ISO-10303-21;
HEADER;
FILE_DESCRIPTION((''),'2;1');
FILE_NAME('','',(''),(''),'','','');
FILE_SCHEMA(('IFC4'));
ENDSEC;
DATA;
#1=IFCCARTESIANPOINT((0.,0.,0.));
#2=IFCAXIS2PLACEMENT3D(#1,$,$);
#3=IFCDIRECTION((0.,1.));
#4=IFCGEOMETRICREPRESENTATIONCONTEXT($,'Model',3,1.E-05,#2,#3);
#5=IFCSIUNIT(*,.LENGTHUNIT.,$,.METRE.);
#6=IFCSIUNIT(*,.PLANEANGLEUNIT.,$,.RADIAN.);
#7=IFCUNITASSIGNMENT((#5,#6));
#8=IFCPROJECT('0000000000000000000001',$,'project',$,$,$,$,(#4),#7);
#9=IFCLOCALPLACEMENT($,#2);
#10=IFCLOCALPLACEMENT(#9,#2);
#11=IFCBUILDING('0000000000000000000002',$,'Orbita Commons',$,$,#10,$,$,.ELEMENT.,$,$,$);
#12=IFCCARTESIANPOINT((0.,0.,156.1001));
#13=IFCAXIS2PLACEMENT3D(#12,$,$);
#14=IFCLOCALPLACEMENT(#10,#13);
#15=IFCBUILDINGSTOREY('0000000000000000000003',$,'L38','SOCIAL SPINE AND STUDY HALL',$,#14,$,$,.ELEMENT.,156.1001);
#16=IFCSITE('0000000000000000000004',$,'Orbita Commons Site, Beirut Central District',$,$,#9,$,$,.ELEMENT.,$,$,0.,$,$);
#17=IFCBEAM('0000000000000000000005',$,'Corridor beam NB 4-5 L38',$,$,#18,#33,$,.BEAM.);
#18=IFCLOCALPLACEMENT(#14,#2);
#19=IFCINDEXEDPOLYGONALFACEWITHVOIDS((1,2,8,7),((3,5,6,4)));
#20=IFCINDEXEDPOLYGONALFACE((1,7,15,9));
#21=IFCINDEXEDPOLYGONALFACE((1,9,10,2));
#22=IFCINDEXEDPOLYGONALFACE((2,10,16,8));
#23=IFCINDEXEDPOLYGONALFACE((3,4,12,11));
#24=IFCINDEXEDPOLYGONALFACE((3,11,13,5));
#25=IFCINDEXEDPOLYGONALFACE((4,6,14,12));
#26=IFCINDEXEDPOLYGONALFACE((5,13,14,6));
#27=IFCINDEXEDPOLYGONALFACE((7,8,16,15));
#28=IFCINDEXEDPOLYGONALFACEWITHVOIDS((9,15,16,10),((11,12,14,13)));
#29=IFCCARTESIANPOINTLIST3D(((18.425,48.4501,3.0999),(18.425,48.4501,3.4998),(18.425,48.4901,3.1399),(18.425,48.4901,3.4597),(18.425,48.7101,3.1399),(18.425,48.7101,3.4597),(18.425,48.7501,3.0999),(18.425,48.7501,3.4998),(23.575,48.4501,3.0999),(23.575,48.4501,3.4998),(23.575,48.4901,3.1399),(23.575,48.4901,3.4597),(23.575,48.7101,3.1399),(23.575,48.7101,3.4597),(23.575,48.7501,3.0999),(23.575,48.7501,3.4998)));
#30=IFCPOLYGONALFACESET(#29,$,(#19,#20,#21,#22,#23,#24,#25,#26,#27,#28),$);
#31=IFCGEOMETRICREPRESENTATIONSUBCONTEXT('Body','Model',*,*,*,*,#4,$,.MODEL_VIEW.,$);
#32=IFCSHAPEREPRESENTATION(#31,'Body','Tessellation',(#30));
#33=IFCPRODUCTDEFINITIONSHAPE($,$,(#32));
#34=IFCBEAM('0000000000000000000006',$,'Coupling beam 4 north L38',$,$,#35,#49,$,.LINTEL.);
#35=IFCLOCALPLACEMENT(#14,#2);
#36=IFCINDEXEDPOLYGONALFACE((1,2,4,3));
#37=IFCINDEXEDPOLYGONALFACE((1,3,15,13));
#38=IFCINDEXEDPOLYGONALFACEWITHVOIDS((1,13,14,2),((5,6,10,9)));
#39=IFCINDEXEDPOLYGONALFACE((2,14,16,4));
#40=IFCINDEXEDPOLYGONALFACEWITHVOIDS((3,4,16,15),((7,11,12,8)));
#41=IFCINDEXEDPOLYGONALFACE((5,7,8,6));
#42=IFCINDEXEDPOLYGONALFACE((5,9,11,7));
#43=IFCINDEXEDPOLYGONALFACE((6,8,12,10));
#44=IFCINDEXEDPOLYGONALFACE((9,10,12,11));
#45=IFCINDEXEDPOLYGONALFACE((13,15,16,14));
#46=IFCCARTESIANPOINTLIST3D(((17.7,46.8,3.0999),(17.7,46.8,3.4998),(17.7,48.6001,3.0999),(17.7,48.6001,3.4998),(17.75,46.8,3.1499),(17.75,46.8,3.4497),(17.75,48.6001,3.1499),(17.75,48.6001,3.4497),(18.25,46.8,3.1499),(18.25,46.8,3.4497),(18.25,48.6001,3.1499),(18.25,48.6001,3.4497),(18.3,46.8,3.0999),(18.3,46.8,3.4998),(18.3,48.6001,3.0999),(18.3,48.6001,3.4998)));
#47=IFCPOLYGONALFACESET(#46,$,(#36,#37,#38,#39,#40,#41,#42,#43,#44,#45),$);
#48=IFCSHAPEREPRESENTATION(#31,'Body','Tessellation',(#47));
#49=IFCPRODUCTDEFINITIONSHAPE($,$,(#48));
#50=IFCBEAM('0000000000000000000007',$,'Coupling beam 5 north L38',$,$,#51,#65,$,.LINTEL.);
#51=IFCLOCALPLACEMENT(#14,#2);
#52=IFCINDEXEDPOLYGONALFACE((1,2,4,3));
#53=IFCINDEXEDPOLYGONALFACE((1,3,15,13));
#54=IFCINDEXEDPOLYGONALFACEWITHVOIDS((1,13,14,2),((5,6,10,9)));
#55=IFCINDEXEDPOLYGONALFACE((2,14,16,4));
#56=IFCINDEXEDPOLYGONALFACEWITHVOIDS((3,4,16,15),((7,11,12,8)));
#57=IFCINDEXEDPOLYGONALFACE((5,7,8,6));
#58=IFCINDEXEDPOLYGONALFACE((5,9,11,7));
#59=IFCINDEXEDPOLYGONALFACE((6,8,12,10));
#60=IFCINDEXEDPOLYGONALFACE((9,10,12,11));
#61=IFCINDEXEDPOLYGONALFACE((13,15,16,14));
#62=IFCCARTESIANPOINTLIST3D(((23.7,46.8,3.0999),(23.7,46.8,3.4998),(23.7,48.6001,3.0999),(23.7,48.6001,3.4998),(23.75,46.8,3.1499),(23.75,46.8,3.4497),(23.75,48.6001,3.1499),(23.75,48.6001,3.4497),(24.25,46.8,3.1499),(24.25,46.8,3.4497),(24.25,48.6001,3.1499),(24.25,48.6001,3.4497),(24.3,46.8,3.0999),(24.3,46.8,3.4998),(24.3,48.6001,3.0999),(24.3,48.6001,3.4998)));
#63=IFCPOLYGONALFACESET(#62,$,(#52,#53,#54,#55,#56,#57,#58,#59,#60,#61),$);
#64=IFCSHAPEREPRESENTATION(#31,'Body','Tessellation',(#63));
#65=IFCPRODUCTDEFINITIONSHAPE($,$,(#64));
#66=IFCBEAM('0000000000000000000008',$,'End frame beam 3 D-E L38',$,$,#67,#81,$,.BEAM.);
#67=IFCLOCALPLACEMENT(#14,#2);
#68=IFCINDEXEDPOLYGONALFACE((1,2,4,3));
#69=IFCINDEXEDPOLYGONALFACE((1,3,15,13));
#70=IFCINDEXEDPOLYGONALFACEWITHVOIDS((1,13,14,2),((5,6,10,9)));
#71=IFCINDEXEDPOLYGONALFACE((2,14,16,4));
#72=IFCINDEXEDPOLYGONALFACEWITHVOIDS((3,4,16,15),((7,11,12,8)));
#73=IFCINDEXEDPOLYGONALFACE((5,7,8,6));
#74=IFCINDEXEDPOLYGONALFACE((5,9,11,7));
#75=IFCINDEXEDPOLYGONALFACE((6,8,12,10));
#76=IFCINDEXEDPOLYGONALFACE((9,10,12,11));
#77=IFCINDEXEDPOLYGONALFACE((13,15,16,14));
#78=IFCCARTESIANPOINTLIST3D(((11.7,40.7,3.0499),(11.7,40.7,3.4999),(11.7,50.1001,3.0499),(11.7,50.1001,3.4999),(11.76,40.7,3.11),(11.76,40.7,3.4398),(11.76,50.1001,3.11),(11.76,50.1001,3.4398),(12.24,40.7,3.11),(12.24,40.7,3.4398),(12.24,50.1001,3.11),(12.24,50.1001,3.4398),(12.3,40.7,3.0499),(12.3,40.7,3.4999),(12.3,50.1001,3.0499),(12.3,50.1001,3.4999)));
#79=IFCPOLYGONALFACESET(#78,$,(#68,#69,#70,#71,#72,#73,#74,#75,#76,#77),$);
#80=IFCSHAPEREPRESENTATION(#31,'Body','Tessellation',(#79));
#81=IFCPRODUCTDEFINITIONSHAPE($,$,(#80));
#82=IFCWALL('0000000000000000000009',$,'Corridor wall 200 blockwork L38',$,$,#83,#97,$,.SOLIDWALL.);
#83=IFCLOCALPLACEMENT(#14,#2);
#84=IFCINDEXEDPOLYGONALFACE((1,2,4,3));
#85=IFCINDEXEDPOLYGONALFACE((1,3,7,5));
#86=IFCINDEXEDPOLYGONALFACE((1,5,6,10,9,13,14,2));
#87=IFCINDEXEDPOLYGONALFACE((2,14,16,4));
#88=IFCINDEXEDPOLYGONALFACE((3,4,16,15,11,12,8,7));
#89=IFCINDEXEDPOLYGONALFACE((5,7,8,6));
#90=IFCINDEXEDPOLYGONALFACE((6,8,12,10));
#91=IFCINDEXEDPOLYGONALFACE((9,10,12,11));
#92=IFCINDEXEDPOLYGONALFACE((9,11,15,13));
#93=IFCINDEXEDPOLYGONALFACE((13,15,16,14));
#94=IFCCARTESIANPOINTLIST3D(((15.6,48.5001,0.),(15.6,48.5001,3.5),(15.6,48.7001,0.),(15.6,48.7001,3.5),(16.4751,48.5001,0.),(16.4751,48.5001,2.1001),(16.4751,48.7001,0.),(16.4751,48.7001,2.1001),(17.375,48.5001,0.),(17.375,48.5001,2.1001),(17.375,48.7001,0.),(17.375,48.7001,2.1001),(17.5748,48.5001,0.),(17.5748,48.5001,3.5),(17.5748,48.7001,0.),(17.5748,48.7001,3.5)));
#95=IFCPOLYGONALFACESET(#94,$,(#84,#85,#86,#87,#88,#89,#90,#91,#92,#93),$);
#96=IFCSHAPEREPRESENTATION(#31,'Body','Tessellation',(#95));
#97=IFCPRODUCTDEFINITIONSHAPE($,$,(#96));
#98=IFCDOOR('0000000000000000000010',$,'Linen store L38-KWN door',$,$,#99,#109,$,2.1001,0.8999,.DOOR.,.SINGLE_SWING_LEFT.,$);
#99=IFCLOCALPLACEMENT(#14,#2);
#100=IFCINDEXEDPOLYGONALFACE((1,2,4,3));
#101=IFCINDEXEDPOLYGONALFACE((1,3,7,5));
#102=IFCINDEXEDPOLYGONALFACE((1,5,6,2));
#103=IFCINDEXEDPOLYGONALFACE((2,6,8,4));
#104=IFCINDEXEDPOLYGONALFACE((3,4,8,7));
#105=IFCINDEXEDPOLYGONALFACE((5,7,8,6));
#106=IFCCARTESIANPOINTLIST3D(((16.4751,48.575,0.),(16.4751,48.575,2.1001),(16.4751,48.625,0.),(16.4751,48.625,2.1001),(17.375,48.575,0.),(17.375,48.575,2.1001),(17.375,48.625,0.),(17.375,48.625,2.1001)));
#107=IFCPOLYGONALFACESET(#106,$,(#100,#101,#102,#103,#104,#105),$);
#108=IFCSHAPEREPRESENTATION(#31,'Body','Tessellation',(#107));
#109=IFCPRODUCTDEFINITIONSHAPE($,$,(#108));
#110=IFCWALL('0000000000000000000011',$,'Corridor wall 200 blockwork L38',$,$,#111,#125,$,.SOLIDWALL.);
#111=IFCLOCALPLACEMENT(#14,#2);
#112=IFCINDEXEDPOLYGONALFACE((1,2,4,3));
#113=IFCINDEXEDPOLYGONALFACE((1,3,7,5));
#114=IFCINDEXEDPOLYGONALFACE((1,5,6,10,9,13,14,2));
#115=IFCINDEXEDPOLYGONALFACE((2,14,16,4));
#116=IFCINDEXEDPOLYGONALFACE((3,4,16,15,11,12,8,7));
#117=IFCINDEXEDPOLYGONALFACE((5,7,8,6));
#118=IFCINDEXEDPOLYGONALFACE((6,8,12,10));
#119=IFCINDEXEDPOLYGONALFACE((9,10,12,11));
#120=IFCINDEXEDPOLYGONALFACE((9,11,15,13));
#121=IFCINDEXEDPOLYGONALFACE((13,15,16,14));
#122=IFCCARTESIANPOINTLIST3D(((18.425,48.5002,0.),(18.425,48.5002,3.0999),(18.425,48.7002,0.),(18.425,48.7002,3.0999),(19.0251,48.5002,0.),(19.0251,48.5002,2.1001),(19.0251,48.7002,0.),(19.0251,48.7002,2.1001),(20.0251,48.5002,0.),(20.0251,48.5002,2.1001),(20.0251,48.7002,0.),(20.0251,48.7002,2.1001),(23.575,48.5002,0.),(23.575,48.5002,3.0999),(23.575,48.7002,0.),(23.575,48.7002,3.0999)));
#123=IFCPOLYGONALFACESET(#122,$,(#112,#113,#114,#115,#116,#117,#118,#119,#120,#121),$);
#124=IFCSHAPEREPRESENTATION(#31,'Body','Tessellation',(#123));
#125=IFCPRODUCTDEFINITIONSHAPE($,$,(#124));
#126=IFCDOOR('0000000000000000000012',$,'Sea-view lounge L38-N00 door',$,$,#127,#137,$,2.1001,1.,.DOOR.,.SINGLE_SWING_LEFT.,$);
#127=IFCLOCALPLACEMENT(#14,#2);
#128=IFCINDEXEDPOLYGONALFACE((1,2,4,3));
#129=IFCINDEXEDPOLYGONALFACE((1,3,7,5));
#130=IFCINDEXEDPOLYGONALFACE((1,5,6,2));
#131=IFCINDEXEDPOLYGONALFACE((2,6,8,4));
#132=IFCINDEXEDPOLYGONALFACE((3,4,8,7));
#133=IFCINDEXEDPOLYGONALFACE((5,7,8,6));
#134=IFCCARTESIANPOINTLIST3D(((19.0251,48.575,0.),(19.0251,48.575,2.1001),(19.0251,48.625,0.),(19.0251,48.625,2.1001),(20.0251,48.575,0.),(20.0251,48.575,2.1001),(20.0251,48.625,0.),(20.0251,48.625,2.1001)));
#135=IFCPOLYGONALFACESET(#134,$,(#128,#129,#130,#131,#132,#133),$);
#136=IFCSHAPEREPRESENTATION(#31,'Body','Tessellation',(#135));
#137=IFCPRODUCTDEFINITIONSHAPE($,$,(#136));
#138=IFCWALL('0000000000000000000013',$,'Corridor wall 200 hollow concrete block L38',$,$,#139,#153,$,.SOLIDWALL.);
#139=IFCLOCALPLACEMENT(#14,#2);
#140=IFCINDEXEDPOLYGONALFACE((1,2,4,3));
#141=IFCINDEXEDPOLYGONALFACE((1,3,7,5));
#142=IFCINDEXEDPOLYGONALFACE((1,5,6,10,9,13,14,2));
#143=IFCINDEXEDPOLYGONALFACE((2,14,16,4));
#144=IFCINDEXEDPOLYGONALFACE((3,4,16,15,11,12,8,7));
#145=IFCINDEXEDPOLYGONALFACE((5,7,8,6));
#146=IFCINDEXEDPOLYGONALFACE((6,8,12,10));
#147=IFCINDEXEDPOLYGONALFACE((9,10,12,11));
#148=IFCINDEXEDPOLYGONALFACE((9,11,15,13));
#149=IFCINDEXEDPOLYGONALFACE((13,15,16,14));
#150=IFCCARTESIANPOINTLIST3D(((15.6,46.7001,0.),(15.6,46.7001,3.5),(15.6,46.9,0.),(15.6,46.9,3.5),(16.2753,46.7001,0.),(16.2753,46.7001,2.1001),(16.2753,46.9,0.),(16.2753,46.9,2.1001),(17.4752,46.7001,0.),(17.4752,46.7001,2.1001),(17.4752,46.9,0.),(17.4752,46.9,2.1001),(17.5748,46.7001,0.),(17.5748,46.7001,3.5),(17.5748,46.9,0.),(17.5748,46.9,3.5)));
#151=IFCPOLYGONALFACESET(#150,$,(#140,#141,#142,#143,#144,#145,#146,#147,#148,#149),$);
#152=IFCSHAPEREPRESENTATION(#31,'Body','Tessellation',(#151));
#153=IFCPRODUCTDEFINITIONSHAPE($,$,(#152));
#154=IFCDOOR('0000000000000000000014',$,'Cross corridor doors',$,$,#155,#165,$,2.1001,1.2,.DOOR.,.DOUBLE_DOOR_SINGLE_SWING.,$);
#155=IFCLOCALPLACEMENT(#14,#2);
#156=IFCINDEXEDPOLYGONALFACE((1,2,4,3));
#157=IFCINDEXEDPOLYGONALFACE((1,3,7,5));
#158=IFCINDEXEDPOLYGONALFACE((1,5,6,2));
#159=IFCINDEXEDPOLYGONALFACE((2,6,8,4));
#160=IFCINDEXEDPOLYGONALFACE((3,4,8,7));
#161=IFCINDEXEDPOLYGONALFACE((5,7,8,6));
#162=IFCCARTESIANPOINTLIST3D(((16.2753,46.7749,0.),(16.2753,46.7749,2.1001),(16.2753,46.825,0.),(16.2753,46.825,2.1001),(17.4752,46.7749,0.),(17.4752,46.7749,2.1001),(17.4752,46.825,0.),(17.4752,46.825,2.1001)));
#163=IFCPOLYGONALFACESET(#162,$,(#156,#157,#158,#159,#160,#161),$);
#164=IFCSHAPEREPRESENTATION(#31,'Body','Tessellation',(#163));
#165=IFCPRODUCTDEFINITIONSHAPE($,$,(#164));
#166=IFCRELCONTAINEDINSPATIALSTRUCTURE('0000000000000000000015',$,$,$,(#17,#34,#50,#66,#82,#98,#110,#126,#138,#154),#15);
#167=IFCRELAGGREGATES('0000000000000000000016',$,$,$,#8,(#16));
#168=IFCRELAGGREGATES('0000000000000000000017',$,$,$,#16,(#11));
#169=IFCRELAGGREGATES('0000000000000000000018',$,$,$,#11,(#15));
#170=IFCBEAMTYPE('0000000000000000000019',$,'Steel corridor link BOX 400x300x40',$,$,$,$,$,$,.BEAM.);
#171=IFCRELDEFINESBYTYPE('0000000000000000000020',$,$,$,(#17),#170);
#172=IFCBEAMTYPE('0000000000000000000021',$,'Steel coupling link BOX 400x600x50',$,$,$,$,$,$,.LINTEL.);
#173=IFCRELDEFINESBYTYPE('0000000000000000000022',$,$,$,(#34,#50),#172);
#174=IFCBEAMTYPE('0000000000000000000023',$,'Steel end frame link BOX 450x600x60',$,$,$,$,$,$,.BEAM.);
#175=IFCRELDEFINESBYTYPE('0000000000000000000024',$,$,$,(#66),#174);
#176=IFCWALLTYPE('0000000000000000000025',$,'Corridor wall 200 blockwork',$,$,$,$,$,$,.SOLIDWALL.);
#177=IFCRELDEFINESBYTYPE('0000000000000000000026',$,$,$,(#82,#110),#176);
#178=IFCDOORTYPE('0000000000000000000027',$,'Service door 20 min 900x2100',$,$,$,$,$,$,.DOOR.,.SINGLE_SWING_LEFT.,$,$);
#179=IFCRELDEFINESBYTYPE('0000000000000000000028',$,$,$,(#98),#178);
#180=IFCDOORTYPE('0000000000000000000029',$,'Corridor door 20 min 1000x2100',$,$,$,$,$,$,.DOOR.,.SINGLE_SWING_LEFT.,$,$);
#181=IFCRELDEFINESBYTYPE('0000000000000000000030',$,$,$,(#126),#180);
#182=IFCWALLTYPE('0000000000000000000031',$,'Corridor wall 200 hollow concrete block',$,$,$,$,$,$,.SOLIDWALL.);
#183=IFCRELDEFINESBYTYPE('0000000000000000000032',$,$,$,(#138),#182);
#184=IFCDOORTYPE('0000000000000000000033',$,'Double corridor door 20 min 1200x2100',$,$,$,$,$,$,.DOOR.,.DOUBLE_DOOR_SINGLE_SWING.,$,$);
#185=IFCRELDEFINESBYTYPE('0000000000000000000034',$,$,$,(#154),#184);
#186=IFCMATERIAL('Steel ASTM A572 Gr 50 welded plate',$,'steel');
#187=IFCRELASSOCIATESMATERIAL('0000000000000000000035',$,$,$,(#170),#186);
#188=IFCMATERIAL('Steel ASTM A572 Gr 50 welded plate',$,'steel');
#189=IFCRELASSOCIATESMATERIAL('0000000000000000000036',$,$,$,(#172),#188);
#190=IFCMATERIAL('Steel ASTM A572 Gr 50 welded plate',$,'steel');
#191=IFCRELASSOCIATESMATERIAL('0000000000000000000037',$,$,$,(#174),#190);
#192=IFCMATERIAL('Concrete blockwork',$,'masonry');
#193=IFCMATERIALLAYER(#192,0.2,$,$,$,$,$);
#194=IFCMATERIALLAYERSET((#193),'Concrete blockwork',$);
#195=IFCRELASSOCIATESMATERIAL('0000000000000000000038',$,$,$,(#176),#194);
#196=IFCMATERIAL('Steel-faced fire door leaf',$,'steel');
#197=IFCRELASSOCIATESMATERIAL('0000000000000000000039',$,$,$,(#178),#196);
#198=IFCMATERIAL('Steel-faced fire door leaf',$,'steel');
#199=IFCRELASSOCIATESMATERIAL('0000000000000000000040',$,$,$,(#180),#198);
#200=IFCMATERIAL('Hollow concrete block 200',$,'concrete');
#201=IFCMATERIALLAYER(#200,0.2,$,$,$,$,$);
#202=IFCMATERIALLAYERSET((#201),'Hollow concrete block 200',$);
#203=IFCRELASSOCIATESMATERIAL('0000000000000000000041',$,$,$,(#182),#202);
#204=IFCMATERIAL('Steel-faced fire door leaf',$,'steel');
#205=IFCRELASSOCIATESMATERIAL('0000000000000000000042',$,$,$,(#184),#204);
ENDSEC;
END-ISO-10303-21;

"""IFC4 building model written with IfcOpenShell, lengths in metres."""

from ifc_helpers import new_model, si_unit, direction, frame, frame_2d, origin, origin_2d, place, context, subcontext, project, spatial, polyline, rectangle, hollow_rectangle, outline, extrude, material, layer, layer_set, material_profile, profile_set, type_object, element, fill, save


model = new_model("IFC4")

# Units and contexts
model_context = context("Model", 3, precision=1e-05, world=origin(), true_north=direction((0.0, 1.0)))
body_context = subcontext(model_context, "Body", "Model", "MODEL_VIEW")
ifc_project = project(units=[si_unit("LENGTHUNIT", "METRE"), si_unit("PLANEANGLEUNIT", "RADIAN")], contexts=[model_context])

# Site, building, storey
site_placement = place(None, origin())
site = spatial("IfcSite", under=ifc_project, at=site_placement, Name="Orbita Commons Site, Beirut Central District", CompositionType="ELEMENT", RefElevation=0.0)
building_placement = place(site_placement, origin())
building = spatial("IfcBuilding", under=site, at=building_placement, Name="Orbita Commons", CompositionType="ELEMENT")
storey_placement = place(building_placement, frame((0.0, 0.0, 156.1001)))
storey = spatial("IfcBuildingStorey", under=building, at=storey_placement, Name="L38", Description="SOCIAL SPINE AND STUDY HALL", CompositionType="ELEMENT", Elevation=156.1001)

# Beams
ifc_material_1 = material(Name="Steel ASTM A572 Gr 50 welded plate", Category="steel")
ifc_material_profile_1 = material_profile(ifc_material_1, hollow_rectangle(XDim=0.3, YDim=0.3999, WallThickness=0.04, at=origin_2d()), Name="BOX 400x300x40")
ifc_profile_set_1 = profile_set([ifc_material_profile_1], Name="Steel ASTM A572 Gr 50 welded plate")
beam_type_1 = type_object("IfcBeamType", Name="Steel corridor link BOX 400x300x40", PredefinedType="BEAM", material=ifc_profile_set_1)
beam_1_placement = place(storey_placement, frame((18.425, 48.6001, 3.2998), z_axis=(1.0, 0.0, 0.0), x_axis=(0.0, 1.0, 0.0)))
element("IfcBeam", 1, at=beam_1_placement, inside=storey, type_object=beam_type_1, Name="Corridor beam NB 4-5 L38", PredefinedType="BEAM", context=body_context, shape_type="SweptSolid", body=[
    extrude(hollow_rectangle(XDim=0.3, YDim=0.3999, WallThickness=0.04, at=origin_2d()), origin(), (0.0, 0.0, 1.0), 5.1499),
])
ifc_material_2 = material(Name="Steel ASTM A572 Gr 50 welded plate", Category="steel")
ifc_material_profile_2 = material_profile(ifc_material_2, hollow_rectangle(XDim=0.6001, YDim=0.3999, WallThickness=0.05, at=origin_2d()), Name="BOX 400x600x50")
ifc_profile_set_2 = profile_set([ifc_material_profile_2], Name="Steel ASTM A572 Gr 50 welded plate")
beam_type_2 = type_object("IfcBeamType", Name="Steel coupling link BOX 400x600x50", PredefinedType="LINTEL", material=ifc_profile_set_2)
for number, where, z_axis, x_axis, name in (
    (2, (18.0, 46.8, 3.2998), (0.0, 1.0, 0.0), (-1.0, 0.0, 0.0), "Coupling beam 4 north L38"),
    (3, (24.0, 46.8, 3.2998), (0.0, 1.0, 0.0), (-1.0, 0.0, 0.0), "Coupling beam 5 north L38"),
):
    element("IfcBeam", number, at=place(storey_placement, frame(where, z_axis=z_axis, x_axis=x_axis)), inside=storey, type_object=beam_type_2, Name=name, PredefinedType="LINTEL", context=body_context, shape_type="SweptSolid", body=[
        extrude(hollow_rectangle(XDim=0.6001, YDim=0.3999, WallThickness=0.05, at=origin_2d()), origin(), (0.0, 0.0, 1.0), 1.8),
    ])
ifc_material_3 = material(Name="Steel ASTM A572 Gr 50 welded plate", Category="steel")
ifc_material_profile_3 = material_profile(ifc_material_3, hollow_rectangle(XDim=0.6001, YDim=0.45, WallThickness=0.0601, at=origin_2d()), Name="BOX 450x600x60")
ifc_profile_set_3 = profile_set([ifc_material_profile_3], Name="Steel ASTM A572 Gr 50 welded plate")
beam_type_3 = type_object("IfcBeamType", Name="Steel end frame link BOX 450x600x60", PredefinedType="BEAM", material=ifc_profile_set_3)
beam_2_placement = place(storey_placement, frame((12.0, 40.7, 3.2749), z_axis=(0.0, 1.0, 0.0), x_axis=(-1.0, 0.0, 0.0)))
element("IfcBeam", 4, at=beam_2_placement, inside=storey, type_object=beam_type_3, Name="End frame beam 3 D-E L38", PredefinedType="BEAM", context=body_context, shape_type="SweptSolid", body=[
    extrude(hollow_rectangle(XDim=0.6001, YDim=0.45, WallThickness=0.0601, at=origin_2d()), origin(), (0.0, 0.0, 1.0), 9.4001),
])

# Walls, openings, doors
ifc_material_4 = material(Name="Concrete blockwork", Category="masonry")
ifc_layer_1 = layer(ifc_material_4, 0.2)
ifc_layer_set_1 = layer_set([ifc_layer_1], Name="Concrete blockwork")
wall_type_1 = type_object("IfcWallType", Name="Corridor wall 200 blockwork", PredefinedType="SOLIDWALL", material=ifc_layer_set_1)
wall_1_placement = place(storey_placement, frame((15.6001, 48.6001, 0.0), z_axis=(0.0, 0.0, 1.0), x_axis=(1.0, 0.0, 0.0)))
wall_1 = element("IfcWall", 5, at=wall_1_placement, inside=storey, type_object=wall_type_1, Name="Corridor wall 200 blockwork L38", PredefinedType="SOLIDWALL", context=body_context, shape_type="SweptSolid", body=[
    extrude(rectangle(XDim=1.9749, YDim=0.2, at=frame_2d((0.9873, 0.0))), origin(), (0.0, 0.0, 1.0), 3.5),
])
opening_1_placement = place(wall_1_placement, frame((0.875, 0.0, 0.0)))
opening_1 = element("IfcOpeningElement", 6, at=opening_1_placement, cuts=wall_1, PredefinedType="OPENING", context=body_context, shape_type="SweptSolid", body=[
    extrude(rectangle(XDim=0.8999, YDim=2.1001, at=frame_2d((0.45, 1.05))), frame((0.0, 0.1099, 0.0), z_axis=(0.0, -1.0, 0.0), x_axis=(1.0, 0.0, 0.0)), (0.0, 0.0, 1.0), 0.22),
])
ifc_material_5 = material(Name="Steel-faced fire door leaf", Category="steel")
door_type_1 = type_object("IfcDoorType", Name="Service door 20 min 900x2100", OperationType="SINGLE_SWING_LEFT", PredefinedType="DOOR", material=ifc_material_5)
door_1_placement = place(opening_1_placement, origin())
door_1 = element("IfcDoor", 7, at=door_1_placement, inside=storey, type_object=door_type_1, Name="Linen store L38-KWN door", OperationType="SINGLE_SWING_LEFT", OverallHeight=2.1001, OverallWidth=0.8999, PredefinedType="DOOR", context=body_context, shape_type="SweptSolid", body=[
    extrude(rectangle(XDim=0.8999, YDim=2.1001, at=frame_2d((0.45, 1.05))), frame((0.0, 0.0249, 0.0), z_axis=(0.0, -1.0, 0.0), x_axis=(1.0, 0.0, 0.0)), (0.0, 0.0, 1.0), 0.05),
])
fill(opening_1, door_1)
wall_2_placement = place(storey_placement, frame((18.425, 48.6001, 0.0), z_axis=(0.0, 0.0, 1.0), x_axis=(1.0, 0.0, 0.0)))
wall_2 = element("IfcWall", 8, at=wall_2_placement, inside=storey, type_object=wall_type_1, Name="Corridor wall 200 blockwork L38", PredefinedType="SOLIDWALL", context=body_context, shape_type="SweptSolid", body=[
    extrude(outline(polyline([(0.0, 0.0), (5.1499, 0.0), (5.1499, 3.0999), (0.0, 3.0999), (0.0, 0.0)])), frame((0.0, 0.1001, 0.0), z_axis=(0.0, -1.0, 0.0), x_axis=(1.0, 0.0, 0.0)), (0.0, 0.0, 1.0), 0.2),
])
opening_2_placement = place(wall_2_placement, frame((0.6001, 0.0, 0.0)))
opening_2 = element("IfcOpeningElement", 9, at=opening_2_placement, cuts=wall_2, PredefinedType="OPENING", context=body_context, shape_type="SweptSolid", body=[
    extrude(rectangle(XDim=1.0, YDim=2.1001, at=frame_2d((0.5, 1.05))), frame((0.0, 0.1099, 0.0), z_axis=(0.0, -1.0, 0.0), x_axis=(1.0, 0.0, 0.0)), (0.0, 0.0, 1.0), 0.22),
])
ifc_material_6 = material(Name="Steel-faced fire door leaf", Category="steel")
door_type_2 = type_object("IfcDoorType", Name="Corridor door 20 min 1000x2100", OperationType="SINGLE_SWING_LEFT", PredefinedType="DOOR", material=ifc_material_6)
door_2_placement = place(opening_2_placement, origin())
door_2 = element("IfcDoor", 10, at=door_2_placement, inside=storey, type_object=door_type_2, Name="Sea-view lounge L38-N00 door", OperationType="SINGLE_SWING_LEFT", OverallHeight=2.1001, OverallWidth=1.0, PredefinedType="DOOR", context=body_context, shape_type="SweptSolid", body=[
    extrude(rectangle(XDim=1.0, YDim=2.1001, at=frame_2d((0.5, 1.05))), frame((0.0, 0.0249, 0.0), z_axis=(0.0, -1.0, 0.0), x_axis=(1.0, 0.0, 0.0)), (0.0, 0.0, 1.0), 0.05),
])
fill(opening_2, door_2)
ifc_material_7 = material(Name="Hollow concrete block 200", Category="concrete")
ifc_layer_2 = layer(ifc_material_7, 0.2)
ifc_layer_set_2 = layer_set([ifc_layer_2], Name="Hollow concrete block 200")
wall_type_2 = type_object("IfcWallType", Name="Corridor wall 200 hollow concrete block", PredefinedType="SOLIDWALL", material=ifc_layer_set_2)
wall_3_placement = place(storey_placement, frame((15.6001, 46.8, 0.0), z_axis=(0.0, 0.0, 1.0), x_axis=(1.0, 0.0, 0.0)))
wall_3 = element("IfcWall", 11, at=wall_3_placement, inside=storey, type_object=wall_type_2, Name="Corridor wall 200 hollow concrete block L38", PredefinedType="SOLIDWALL", context=body_context, shape_type="SweptSolid", body=[
    extrude(rectangle(XDim=1.9749, YDim=0.2, at=frame_2d((0.9873, 0.0))), origin(), (0.0, 0.0, 1.0), 3.5),
])
opening_3_placement = place(wall_3_placement, frame((0.675, 0.0, 0.0)))
opening_3 = element("IfcOpeningElement", 12, at=opening_3_placement, cuts=wall_3, PredefinedType="OPENING", context=body_context, shape_type="SweptSolid", body=[
    extrude(rectangle(XDim=1.2, YDim=2.1001, at=frame_2d((0.6001, 1.05))), frame((0.0, 0.1099, 0.0), z_axis=(0.0, -1.0, 0.0), x_axis=(1.0, 0.0, 0.0)), (0.0, 0.0, 1.0), 0.22),
])
ifc_material_8 = material(Name="Steel-faced fire door leaf", Category="steel")
door_type_3 = type_object("IfcDoorType", Name="Double corridor door 20 min 1200x2100", OperationType="DOUBLE_DOOR_SINGLE_SWING", PredefinedType="DOOR", material=ifc_material_8)
door_3_placement = place(opening_3_placement, origin())
door_3 = element("IfcDoor", 13, at=door_3_placement, inside=storey, type_object=door_type_3, Name="Cross corridor doors", OperationType="DOUBLE_DOOR_SINGLE_SWING", OverallHeight=2.1001, OverallWidth=1.2, PredefinedType="DOOR", context=body_context, shape_type="SweptSolid", body=[
    extrude(rectangle(XDim=1.2, YDim=2.1001, at=frame_2d((0.6001, 1.05))), frame((0.0, 0.0249, 0.0), z_axis=(0.0, -1.0, 0.0), x_axis=(1.0, 0.0, 0.0)), (0.0, 0.0, 1.0), 0.05),
])
fill(opening_3, door_3)

save(model, "model.ifc")
